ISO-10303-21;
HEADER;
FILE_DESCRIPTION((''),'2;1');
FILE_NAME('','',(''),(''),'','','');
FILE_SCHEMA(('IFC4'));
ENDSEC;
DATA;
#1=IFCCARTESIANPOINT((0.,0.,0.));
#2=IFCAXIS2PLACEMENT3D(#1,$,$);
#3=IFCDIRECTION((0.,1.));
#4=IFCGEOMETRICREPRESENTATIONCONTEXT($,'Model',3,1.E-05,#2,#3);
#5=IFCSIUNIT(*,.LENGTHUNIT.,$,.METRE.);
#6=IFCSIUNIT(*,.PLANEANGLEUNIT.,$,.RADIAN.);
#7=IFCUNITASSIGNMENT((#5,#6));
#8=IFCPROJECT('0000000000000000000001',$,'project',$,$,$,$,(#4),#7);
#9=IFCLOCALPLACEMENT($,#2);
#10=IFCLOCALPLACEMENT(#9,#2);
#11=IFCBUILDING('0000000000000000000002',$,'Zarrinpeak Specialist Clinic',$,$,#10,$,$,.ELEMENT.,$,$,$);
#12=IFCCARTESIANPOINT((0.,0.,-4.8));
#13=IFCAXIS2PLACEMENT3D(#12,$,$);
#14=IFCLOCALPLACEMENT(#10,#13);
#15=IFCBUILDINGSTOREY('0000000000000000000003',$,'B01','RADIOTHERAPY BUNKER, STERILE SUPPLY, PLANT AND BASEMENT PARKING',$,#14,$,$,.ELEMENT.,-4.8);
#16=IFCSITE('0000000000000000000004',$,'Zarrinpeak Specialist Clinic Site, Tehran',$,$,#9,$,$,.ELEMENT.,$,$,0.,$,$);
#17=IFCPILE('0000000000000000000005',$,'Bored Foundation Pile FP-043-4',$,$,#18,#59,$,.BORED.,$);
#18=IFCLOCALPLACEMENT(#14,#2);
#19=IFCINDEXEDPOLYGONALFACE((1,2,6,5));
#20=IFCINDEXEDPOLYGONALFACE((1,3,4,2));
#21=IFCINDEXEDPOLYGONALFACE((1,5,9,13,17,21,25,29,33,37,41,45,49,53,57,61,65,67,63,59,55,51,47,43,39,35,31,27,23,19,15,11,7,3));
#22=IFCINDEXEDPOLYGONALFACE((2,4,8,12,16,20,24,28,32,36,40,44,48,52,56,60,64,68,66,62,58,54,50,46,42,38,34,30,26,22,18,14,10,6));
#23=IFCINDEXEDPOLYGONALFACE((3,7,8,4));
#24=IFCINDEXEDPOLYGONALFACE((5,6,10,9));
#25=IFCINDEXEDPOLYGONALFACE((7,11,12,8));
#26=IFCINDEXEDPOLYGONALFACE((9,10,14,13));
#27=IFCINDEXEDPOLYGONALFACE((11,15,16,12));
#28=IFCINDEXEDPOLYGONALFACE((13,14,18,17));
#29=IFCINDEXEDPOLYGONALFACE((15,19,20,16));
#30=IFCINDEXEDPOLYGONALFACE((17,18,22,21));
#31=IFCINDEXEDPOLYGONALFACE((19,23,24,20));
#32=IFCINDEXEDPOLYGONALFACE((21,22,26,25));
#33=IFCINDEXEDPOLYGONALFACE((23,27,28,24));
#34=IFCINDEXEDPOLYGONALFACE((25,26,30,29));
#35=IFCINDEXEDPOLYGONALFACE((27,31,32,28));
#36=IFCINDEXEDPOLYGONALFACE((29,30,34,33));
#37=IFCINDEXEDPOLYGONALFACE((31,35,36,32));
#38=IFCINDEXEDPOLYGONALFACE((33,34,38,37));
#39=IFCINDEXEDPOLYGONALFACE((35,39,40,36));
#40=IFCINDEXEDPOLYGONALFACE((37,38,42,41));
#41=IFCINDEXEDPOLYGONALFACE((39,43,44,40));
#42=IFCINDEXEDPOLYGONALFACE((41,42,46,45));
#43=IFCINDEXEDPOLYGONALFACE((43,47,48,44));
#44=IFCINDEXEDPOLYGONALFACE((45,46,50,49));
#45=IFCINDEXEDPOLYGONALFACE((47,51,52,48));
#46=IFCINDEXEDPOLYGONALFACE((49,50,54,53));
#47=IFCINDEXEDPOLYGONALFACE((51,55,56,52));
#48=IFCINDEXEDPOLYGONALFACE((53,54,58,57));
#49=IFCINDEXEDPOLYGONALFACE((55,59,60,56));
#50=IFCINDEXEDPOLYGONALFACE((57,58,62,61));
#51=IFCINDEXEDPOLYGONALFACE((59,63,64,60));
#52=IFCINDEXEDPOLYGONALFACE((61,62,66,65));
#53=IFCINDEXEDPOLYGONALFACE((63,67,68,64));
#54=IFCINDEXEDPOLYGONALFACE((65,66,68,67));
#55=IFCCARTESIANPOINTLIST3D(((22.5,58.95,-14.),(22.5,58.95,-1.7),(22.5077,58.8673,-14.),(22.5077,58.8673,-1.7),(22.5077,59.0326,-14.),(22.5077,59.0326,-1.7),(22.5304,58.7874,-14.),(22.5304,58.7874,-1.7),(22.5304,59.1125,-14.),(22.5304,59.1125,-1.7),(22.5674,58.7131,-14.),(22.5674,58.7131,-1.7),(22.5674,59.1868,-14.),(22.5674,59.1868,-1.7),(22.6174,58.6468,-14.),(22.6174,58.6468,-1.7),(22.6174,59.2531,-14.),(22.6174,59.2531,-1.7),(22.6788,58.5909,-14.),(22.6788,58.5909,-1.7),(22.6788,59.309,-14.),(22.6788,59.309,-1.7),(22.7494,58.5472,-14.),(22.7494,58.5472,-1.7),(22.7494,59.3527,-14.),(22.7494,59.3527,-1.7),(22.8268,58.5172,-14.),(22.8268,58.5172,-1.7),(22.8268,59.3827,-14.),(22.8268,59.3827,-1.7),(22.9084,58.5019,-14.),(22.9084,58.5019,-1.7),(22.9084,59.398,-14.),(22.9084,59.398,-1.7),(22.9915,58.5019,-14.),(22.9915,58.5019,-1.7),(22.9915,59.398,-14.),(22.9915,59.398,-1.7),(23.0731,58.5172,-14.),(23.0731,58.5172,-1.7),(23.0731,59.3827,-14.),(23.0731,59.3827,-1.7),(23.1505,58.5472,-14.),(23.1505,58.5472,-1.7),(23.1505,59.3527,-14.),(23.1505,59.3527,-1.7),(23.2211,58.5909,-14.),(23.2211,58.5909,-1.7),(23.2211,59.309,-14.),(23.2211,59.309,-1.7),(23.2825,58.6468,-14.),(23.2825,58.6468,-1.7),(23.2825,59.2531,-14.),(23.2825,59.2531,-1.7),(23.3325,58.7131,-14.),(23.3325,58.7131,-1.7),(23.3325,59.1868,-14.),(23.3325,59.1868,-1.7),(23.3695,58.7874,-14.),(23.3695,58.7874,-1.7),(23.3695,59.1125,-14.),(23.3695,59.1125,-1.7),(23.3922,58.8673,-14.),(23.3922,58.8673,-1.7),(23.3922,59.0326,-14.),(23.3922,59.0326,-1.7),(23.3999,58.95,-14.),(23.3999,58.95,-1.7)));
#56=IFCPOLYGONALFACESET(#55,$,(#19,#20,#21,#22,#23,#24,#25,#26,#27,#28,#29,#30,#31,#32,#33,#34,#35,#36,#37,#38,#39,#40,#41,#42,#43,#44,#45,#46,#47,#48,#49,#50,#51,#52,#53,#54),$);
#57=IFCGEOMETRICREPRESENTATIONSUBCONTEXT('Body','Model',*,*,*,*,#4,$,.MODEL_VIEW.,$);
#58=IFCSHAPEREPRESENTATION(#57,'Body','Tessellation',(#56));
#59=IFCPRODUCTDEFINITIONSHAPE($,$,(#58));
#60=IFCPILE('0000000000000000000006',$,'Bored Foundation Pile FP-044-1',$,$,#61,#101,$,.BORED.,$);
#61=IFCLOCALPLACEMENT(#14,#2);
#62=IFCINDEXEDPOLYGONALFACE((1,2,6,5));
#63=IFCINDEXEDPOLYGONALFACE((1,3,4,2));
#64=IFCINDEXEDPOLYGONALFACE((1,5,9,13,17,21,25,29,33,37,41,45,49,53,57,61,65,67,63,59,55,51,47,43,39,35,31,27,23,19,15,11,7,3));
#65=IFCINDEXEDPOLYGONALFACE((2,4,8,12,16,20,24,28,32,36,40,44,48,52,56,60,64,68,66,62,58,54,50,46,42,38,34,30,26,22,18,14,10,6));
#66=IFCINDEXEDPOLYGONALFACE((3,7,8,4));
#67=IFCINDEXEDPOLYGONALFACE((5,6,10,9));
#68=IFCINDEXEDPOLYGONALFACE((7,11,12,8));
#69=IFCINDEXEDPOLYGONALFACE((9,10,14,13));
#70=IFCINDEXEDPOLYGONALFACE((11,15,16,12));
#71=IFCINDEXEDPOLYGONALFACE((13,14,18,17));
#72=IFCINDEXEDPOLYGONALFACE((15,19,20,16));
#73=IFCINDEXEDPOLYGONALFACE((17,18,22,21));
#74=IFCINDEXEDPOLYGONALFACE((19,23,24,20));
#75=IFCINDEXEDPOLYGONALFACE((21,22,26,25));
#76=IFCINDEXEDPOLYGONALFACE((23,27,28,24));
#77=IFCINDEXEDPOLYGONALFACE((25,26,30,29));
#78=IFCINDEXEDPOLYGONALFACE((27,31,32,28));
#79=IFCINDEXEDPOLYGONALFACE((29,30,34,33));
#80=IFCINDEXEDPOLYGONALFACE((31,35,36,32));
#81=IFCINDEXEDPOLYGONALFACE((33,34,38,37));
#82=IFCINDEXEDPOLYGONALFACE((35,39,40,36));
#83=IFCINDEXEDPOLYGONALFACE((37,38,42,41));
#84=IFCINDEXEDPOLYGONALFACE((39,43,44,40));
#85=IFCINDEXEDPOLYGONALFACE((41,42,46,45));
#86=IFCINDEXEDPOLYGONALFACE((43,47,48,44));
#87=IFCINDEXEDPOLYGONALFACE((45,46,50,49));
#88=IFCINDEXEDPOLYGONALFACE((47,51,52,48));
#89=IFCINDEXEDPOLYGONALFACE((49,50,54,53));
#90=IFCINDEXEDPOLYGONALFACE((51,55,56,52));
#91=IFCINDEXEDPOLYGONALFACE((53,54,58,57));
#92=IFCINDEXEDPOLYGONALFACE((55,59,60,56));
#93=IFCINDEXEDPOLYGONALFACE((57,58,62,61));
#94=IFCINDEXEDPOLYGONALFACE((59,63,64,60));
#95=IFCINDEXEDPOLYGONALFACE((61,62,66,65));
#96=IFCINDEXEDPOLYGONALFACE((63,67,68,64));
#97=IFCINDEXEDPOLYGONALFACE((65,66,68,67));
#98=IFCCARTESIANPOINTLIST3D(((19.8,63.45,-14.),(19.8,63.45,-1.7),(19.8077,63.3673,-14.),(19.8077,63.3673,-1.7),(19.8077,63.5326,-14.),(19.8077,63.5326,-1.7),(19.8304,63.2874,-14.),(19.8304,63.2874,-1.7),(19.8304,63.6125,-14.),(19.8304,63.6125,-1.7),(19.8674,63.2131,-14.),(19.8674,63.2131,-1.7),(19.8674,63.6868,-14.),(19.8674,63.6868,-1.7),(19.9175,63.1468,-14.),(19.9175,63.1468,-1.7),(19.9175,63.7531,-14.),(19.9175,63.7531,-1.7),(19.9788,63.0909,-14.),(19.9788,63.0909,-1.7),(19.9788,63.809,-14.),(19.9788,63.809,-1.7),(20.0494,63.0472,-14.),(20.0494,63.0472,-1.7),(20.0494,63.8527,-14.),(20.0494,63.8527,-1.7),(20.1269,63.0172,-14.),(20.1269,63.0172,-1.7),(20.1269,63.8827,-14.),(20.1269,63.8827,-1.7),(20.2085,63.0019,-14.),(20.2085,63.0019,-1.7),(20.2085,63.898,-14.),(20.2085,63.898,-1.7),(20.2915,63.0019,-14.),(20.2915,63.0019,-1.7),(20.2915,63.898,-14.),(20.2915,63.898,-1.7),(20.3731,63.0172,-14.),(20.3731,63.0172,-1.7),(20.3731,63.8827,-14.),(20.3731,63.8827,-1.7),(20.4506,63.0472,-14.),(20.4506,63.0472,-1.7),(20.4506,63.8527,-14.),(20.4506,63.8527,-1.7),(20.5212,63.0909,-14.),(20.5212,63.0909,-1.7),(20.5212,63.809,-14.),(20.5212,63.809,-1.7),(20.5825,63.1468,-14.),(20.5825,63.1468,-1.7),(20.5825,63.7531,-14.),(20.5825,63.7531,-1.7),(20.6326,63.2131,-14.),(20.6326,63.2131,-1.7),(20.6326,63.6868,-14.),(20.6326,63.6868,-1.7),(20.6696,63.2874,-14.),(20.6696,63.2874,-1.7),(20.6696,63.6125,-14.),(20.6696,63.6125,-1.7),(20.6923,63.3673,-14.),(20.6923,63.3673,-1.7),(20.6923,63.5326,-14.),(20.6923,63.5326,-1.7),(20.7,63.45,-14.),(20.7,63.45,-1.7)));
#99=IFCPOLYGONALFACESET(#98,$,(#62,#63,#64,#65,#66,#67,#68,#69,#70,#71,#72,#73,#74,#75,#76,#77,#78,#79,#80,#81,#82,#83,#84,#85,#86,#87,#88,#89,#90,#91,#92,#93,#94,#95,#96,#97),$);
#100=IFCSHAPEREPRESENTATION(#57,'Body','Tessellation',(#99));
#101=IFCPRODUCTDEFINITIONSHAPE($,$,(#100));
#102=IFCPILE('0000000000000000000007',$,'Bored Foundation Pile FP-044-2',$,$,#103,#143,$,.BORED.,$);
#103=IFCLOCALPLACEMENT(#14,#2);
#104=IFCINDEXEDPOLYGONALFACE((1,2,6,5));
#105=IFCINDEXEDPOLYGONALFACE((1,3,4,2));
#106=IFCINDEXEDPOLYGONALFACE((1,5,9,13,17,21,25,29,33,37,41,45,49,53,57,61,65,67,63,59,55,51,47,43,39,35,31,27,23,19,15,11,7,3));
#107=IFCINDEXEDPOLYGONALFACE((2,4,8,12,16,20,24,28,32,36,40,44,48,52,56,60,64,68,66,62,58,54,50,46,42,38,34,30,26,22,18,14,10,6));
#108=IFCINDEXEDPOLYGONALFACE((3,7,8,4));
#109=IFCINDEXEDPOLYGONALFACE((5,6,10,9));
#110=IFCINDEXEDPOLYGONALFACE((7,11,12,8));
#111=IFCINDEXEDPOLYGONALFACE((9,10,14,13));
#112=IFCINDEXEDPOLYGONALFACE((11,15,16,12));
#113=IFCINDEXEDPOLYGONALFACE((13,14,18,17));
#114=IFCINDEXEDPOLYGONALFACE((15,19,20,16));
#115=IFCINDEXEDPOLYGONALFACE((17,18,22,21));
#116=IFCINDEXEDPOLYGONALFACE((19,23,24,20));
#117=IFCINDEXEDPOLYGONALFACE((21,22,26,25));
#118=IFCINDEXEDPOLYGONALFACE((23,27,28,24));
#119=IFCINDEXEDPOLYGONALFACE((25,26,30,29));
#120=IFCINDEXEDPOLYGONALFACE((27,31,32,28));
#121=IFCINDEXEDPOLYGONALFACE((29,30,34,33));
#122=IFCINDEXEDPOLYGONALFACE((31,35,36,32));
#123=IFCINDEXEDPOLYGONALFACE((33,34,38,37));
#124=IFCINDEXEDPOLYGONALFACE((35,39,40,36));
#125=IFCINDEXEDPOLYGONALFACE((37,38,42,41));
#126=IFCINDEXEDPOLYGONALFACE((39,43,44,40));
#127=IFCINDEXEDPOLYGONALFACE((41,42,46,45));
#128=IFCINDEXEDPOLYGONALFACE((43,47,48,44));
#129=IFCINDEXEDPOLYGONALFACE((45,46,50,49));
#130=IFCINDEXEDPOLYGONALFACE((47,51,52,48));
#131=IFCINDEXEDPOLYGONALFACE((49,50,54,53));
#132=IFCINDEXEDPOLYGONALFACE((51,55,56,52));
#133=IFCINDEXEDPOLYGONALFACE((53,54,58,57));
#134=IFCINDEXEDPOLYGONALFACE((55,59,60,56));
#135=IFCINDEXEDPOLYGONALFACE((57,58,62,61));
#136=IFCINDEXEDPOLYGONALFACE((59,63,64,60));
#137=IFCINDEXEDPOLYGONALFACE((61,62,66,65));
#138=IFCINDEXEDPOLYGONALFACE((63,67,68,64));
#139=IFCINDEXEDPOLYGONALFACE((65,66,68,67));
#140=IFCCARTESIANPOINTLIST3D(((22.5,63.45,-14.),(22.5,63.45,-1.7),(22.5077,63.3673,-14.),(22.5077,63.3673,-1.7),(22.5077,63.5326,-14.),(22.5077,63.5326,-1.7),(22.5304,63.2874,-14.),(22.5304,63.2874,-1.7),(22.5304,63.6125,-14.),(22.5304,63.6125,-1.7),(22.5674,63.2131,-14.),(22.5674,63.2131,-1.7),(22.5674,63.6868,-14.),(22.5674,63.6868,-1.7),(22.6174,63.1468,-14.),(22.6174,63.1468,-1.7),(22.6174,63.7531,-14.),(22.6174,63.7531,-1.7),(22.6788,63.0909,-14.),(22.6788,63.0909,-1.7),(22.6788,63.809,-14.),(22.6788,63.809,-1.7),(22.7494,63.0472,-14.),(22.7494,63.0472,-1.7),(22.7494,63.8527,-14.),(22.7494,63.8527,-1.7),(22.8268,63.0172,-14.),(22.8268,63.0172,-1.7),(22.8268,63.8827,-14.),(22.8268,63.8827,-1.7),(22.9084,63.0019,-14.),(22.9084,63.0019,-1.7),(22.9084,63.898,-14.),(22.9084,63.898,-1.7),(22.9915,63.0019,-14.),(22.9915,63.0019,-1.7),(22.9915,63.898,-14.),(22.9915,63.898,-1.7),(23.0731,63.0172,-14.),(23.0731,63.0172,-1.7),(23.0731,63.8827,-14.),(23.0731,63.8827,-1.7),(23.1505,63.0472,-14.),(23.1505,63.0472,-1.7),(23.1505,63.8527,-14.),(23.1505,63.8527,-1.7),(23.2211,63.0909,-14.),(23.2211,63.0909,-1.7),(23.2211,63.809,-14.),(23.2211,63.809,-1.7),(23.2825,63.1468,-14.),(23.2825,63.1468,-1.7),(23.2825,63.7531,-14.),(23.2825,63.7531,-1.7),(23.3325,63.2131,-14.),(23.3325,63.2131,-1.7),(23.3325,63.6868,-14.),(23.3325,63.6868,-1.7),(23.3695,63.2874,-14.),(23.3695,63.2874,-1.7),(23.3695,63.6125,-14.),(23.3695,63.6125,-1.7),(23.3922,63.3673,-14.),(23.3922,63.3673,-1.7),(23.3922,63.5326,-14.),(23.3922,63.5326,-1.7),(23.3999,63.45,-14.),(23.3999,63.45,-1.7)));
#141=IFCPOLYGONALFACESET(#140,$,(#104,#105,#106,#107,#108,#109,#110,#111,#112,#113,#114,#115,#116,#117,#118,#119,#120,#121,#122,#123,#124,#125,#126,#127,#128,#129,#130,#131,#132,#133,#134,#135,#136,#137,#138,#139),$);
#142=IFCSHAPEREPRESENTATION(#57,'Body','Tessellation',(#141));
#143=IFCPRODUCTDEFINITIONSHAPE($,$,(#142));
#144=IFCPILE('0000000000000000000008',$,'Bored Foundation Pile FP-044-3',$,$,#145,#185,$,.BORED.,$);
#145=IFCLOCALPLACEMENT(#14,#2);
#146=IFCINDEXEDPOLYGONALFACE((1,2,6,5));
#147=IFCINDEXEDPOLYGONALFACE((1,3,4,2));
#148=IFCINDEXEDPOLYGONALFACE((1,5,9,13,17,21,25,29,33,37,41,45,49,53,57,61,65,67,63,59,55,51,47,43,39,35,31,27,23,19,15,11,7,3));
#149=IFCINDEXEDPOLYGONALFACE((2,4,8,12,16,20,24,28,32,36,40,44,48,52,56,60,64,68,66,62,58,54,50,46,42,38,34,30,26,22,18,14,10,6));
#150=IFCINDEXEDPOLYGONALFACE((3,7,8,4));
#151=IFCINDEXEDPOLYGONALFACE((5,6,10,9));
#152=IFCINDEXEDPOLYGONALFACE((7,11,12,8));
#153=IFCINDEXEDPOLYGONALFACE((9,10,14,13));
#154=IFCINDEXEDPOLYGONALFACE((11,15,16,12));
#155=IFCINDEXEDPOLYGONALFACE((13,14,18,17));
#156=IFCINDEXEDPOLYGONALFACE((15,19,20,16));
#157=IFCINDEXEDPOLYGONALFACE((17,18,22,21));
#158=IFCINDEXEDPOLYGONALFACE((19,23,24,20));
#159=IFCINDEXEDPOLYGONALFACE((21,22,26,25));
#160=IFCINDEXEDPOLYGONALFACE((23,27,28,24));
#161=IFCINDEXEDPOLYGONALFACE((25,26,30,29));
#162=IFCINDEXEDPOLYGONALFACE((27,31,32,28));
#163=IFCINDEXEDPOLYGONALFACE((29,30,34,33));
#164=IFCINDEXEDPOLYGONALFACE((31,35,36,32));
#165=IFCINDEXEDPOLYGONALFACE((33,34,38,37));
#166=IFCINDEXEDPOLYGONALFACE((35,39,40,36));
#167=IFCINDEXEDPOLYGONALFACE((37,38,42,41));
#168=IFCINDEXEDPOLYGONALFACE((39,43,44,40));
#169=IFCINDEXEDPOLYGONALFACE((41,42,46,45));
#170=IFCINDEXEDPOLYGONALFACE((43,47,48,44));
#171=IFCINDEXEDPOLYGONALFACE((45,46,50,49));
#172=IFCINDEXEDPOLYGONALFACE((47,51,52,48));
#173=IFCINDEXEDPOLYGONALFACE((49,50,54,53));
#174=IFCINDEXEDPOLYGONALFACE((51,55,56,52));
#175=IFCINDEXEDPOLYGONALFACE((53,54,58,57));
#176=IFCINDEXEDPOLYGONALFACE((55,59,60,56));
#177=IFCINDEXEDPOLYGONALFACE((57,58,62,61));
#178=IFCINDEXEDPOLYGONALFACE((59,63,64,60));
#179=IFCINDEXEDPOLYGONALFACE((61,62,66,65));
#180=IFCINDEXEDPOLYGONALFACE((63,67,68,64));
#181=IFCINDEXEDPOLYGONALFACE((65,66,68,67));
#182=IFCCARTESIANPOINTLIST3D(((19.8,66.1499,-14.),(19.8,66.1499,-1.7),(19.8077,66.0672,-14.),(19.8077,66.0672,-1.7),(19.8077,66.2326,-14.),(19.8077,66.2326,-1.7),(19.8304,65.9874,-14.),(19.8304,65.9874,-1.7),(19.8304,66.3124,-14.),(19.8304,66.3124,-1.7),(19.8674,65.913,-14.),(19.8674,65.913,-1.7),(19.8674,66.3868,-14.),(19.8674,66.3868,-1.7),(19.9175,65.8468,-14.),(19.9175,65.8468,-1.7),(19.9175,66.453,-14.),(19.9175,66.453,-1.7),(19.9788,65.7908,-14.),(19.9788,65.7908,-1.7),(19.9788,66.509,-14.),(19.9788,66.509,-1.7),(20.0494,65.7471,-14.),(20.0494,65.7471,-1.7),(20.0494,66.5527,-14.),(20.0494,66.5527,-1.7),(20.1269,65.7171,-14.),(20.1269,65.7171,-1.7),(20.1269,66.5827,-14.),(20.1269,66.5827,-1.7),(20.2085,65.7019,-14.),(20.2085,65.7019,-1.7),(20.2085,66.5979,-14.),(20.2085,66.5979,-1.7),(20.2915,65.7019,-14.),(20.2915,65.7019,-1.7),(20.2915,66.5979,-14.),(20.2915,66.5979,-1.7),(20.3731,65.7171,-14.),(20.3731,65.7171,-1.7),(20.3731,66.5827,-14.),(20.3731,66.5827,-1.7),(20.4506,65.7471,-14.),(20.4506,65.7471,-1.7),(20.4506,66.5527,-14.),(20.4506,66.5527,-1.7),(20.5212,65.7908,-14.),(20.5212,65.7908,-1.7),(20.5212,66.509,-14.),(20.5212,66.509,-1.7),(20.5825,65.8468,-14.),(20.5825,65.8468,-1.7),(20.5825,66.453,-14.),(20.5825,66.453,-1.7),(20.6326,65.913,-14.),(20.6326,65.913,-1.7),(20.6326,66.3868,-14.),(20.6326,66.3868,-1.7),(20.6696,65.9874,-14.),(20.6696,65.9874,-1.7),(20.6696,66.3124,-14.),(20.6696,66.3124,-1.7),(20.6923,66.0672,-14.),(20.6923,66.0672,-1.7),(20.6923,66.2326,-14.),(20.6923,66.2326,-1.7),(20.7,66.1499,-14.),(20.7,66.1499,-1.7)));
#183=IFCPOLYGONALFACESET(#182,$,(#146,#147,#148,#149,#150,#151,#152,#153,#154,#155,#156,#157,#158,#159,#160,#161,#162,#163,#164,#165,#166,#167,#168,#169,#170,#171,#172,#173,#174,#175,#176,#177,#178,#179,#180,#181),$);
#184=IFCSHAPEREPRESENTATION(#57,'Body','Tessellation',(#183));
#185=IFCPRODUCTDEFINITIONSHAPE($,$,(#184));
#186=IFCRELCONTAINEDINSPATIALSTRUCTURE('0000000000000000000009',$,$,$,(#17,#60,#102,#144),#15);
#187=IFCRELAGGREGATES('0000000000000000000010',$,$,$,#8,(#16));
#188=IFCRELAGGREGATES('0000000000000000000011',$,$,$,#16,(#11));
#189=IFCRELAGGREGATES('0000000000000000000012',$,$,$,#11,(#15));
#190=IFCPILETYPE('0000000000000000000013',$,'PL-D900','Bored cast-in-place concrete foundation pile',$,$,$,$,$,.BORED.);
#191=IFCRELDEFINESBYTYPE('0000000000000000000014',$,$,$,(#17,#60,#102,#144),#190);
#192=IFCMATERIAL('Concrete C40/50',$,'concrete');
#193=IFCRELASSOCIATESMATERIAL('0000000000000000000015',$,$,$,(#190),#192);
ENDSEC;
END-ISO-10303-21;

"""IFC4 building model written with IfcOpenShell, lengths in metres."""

from ifc_helpers import new_model, si_unit, direction, frame, origin, origin_2d, place, context, subcontext, project, spatial, circle, extrude, material, material_profile, profile_set, type_object, element, save


model = new_model("IFC4")

# Units and contexts
model_context = context("Model", 3, precision=1e-05, world=origin(), true_north=direction((0.0, 1.0)))
body_context = subcontext(model_context, "Body", "Model", "MODEL_VIEW")
ifc_project = project(units=[si_unit("LENGTHUNIT", "METRE"), si_unit("PLANEANGLEUNIT", "RADIAN")], contexts=[model_context])

# Site, building, storey
site_placement = place(None, origin())
site = spatial("IfcSite", under=ifc_project, at=site_placement, Name="Zarrinpeak Specialist Clinic Site, Tehran", CompositionType="ELEMENT", RefElevation=0.0)
building_placement = place(site_placement, origin())
building = spatial("IfcBuilding", under=site, at=building_placement, Name="Zarrinpeak Specialist Clinic", CompositionType="ELEMENT")
storey_placement = place(building_placement, frame((0.0, 0.0, -4.8)))
storey = spatial("IfcBuildingStorey", under=building, at=storey_placement, Name="B01", Description="RADIOTHERAPY BUNKER, STERILE SUPPLY, PLANT AND BASEMENT PARKING", CompositionType="ELEMENT", Elevation=-4.8)

# Shared definitions
ifc_material_1 = material(Name="Concrete C40/50", Category="concrete")

# Piles
ifc_material_profile_1 = material_profile(ifc_material_1, circle(Radius=0.45, at=origin_2d()), Name="BORED PILE D900")
ifc_profile_set_1 = profile_set([ifc_material_profile_1], Name="Concrete C40/50")
pile_type = type_object("IfcPileType", Name="PL-D900", Description="Bored cast-in-place concrete foundation pile", PredefinedType="BORED", material=ifc_profile_set_1)
for number, where, z_axis, x_axis, name in (
    (1, (22.95, 58.95, -1.7), (0.0, 0.0, -1.0), (1.0, 0.0, 0.0), "Bored Foundation Pile FP-043-4"),
    (2, (20.25, 63.45, -1.7), (0.0, 0.0, -1.0), (1.0, 0.0, 0.0), "Bored Foundation Pile FP-044-1"),
    (3, (22.95, 63.45, -1.7), (0.0, 0.0, -1.0), (1.0, 0.0, 0.0), "Bored Foundation Pile FP-044-2"),
    (4, (20.25, 66.1499, -1.7), (0.0, 0.0, -1.0), (1.0, 0.0, 0.0), "Bored Foundation Pile FP-044-3"),
):
    element("IfcPile", number, at=place(storey_placement, frame(where, z_axis=z_axis, x_axis=x_axis)), inside=storey, type_object=pile_type, Name=name, PredefinedType="BORED", context=body_context, shape_type="SweptSolid", body=[
        extrude(circle(Radius=0.45, at=origin_2d()), origin(), (0.0, 0.0, 1.0), 12.3),
    ])

save(model, "model.ifc")
